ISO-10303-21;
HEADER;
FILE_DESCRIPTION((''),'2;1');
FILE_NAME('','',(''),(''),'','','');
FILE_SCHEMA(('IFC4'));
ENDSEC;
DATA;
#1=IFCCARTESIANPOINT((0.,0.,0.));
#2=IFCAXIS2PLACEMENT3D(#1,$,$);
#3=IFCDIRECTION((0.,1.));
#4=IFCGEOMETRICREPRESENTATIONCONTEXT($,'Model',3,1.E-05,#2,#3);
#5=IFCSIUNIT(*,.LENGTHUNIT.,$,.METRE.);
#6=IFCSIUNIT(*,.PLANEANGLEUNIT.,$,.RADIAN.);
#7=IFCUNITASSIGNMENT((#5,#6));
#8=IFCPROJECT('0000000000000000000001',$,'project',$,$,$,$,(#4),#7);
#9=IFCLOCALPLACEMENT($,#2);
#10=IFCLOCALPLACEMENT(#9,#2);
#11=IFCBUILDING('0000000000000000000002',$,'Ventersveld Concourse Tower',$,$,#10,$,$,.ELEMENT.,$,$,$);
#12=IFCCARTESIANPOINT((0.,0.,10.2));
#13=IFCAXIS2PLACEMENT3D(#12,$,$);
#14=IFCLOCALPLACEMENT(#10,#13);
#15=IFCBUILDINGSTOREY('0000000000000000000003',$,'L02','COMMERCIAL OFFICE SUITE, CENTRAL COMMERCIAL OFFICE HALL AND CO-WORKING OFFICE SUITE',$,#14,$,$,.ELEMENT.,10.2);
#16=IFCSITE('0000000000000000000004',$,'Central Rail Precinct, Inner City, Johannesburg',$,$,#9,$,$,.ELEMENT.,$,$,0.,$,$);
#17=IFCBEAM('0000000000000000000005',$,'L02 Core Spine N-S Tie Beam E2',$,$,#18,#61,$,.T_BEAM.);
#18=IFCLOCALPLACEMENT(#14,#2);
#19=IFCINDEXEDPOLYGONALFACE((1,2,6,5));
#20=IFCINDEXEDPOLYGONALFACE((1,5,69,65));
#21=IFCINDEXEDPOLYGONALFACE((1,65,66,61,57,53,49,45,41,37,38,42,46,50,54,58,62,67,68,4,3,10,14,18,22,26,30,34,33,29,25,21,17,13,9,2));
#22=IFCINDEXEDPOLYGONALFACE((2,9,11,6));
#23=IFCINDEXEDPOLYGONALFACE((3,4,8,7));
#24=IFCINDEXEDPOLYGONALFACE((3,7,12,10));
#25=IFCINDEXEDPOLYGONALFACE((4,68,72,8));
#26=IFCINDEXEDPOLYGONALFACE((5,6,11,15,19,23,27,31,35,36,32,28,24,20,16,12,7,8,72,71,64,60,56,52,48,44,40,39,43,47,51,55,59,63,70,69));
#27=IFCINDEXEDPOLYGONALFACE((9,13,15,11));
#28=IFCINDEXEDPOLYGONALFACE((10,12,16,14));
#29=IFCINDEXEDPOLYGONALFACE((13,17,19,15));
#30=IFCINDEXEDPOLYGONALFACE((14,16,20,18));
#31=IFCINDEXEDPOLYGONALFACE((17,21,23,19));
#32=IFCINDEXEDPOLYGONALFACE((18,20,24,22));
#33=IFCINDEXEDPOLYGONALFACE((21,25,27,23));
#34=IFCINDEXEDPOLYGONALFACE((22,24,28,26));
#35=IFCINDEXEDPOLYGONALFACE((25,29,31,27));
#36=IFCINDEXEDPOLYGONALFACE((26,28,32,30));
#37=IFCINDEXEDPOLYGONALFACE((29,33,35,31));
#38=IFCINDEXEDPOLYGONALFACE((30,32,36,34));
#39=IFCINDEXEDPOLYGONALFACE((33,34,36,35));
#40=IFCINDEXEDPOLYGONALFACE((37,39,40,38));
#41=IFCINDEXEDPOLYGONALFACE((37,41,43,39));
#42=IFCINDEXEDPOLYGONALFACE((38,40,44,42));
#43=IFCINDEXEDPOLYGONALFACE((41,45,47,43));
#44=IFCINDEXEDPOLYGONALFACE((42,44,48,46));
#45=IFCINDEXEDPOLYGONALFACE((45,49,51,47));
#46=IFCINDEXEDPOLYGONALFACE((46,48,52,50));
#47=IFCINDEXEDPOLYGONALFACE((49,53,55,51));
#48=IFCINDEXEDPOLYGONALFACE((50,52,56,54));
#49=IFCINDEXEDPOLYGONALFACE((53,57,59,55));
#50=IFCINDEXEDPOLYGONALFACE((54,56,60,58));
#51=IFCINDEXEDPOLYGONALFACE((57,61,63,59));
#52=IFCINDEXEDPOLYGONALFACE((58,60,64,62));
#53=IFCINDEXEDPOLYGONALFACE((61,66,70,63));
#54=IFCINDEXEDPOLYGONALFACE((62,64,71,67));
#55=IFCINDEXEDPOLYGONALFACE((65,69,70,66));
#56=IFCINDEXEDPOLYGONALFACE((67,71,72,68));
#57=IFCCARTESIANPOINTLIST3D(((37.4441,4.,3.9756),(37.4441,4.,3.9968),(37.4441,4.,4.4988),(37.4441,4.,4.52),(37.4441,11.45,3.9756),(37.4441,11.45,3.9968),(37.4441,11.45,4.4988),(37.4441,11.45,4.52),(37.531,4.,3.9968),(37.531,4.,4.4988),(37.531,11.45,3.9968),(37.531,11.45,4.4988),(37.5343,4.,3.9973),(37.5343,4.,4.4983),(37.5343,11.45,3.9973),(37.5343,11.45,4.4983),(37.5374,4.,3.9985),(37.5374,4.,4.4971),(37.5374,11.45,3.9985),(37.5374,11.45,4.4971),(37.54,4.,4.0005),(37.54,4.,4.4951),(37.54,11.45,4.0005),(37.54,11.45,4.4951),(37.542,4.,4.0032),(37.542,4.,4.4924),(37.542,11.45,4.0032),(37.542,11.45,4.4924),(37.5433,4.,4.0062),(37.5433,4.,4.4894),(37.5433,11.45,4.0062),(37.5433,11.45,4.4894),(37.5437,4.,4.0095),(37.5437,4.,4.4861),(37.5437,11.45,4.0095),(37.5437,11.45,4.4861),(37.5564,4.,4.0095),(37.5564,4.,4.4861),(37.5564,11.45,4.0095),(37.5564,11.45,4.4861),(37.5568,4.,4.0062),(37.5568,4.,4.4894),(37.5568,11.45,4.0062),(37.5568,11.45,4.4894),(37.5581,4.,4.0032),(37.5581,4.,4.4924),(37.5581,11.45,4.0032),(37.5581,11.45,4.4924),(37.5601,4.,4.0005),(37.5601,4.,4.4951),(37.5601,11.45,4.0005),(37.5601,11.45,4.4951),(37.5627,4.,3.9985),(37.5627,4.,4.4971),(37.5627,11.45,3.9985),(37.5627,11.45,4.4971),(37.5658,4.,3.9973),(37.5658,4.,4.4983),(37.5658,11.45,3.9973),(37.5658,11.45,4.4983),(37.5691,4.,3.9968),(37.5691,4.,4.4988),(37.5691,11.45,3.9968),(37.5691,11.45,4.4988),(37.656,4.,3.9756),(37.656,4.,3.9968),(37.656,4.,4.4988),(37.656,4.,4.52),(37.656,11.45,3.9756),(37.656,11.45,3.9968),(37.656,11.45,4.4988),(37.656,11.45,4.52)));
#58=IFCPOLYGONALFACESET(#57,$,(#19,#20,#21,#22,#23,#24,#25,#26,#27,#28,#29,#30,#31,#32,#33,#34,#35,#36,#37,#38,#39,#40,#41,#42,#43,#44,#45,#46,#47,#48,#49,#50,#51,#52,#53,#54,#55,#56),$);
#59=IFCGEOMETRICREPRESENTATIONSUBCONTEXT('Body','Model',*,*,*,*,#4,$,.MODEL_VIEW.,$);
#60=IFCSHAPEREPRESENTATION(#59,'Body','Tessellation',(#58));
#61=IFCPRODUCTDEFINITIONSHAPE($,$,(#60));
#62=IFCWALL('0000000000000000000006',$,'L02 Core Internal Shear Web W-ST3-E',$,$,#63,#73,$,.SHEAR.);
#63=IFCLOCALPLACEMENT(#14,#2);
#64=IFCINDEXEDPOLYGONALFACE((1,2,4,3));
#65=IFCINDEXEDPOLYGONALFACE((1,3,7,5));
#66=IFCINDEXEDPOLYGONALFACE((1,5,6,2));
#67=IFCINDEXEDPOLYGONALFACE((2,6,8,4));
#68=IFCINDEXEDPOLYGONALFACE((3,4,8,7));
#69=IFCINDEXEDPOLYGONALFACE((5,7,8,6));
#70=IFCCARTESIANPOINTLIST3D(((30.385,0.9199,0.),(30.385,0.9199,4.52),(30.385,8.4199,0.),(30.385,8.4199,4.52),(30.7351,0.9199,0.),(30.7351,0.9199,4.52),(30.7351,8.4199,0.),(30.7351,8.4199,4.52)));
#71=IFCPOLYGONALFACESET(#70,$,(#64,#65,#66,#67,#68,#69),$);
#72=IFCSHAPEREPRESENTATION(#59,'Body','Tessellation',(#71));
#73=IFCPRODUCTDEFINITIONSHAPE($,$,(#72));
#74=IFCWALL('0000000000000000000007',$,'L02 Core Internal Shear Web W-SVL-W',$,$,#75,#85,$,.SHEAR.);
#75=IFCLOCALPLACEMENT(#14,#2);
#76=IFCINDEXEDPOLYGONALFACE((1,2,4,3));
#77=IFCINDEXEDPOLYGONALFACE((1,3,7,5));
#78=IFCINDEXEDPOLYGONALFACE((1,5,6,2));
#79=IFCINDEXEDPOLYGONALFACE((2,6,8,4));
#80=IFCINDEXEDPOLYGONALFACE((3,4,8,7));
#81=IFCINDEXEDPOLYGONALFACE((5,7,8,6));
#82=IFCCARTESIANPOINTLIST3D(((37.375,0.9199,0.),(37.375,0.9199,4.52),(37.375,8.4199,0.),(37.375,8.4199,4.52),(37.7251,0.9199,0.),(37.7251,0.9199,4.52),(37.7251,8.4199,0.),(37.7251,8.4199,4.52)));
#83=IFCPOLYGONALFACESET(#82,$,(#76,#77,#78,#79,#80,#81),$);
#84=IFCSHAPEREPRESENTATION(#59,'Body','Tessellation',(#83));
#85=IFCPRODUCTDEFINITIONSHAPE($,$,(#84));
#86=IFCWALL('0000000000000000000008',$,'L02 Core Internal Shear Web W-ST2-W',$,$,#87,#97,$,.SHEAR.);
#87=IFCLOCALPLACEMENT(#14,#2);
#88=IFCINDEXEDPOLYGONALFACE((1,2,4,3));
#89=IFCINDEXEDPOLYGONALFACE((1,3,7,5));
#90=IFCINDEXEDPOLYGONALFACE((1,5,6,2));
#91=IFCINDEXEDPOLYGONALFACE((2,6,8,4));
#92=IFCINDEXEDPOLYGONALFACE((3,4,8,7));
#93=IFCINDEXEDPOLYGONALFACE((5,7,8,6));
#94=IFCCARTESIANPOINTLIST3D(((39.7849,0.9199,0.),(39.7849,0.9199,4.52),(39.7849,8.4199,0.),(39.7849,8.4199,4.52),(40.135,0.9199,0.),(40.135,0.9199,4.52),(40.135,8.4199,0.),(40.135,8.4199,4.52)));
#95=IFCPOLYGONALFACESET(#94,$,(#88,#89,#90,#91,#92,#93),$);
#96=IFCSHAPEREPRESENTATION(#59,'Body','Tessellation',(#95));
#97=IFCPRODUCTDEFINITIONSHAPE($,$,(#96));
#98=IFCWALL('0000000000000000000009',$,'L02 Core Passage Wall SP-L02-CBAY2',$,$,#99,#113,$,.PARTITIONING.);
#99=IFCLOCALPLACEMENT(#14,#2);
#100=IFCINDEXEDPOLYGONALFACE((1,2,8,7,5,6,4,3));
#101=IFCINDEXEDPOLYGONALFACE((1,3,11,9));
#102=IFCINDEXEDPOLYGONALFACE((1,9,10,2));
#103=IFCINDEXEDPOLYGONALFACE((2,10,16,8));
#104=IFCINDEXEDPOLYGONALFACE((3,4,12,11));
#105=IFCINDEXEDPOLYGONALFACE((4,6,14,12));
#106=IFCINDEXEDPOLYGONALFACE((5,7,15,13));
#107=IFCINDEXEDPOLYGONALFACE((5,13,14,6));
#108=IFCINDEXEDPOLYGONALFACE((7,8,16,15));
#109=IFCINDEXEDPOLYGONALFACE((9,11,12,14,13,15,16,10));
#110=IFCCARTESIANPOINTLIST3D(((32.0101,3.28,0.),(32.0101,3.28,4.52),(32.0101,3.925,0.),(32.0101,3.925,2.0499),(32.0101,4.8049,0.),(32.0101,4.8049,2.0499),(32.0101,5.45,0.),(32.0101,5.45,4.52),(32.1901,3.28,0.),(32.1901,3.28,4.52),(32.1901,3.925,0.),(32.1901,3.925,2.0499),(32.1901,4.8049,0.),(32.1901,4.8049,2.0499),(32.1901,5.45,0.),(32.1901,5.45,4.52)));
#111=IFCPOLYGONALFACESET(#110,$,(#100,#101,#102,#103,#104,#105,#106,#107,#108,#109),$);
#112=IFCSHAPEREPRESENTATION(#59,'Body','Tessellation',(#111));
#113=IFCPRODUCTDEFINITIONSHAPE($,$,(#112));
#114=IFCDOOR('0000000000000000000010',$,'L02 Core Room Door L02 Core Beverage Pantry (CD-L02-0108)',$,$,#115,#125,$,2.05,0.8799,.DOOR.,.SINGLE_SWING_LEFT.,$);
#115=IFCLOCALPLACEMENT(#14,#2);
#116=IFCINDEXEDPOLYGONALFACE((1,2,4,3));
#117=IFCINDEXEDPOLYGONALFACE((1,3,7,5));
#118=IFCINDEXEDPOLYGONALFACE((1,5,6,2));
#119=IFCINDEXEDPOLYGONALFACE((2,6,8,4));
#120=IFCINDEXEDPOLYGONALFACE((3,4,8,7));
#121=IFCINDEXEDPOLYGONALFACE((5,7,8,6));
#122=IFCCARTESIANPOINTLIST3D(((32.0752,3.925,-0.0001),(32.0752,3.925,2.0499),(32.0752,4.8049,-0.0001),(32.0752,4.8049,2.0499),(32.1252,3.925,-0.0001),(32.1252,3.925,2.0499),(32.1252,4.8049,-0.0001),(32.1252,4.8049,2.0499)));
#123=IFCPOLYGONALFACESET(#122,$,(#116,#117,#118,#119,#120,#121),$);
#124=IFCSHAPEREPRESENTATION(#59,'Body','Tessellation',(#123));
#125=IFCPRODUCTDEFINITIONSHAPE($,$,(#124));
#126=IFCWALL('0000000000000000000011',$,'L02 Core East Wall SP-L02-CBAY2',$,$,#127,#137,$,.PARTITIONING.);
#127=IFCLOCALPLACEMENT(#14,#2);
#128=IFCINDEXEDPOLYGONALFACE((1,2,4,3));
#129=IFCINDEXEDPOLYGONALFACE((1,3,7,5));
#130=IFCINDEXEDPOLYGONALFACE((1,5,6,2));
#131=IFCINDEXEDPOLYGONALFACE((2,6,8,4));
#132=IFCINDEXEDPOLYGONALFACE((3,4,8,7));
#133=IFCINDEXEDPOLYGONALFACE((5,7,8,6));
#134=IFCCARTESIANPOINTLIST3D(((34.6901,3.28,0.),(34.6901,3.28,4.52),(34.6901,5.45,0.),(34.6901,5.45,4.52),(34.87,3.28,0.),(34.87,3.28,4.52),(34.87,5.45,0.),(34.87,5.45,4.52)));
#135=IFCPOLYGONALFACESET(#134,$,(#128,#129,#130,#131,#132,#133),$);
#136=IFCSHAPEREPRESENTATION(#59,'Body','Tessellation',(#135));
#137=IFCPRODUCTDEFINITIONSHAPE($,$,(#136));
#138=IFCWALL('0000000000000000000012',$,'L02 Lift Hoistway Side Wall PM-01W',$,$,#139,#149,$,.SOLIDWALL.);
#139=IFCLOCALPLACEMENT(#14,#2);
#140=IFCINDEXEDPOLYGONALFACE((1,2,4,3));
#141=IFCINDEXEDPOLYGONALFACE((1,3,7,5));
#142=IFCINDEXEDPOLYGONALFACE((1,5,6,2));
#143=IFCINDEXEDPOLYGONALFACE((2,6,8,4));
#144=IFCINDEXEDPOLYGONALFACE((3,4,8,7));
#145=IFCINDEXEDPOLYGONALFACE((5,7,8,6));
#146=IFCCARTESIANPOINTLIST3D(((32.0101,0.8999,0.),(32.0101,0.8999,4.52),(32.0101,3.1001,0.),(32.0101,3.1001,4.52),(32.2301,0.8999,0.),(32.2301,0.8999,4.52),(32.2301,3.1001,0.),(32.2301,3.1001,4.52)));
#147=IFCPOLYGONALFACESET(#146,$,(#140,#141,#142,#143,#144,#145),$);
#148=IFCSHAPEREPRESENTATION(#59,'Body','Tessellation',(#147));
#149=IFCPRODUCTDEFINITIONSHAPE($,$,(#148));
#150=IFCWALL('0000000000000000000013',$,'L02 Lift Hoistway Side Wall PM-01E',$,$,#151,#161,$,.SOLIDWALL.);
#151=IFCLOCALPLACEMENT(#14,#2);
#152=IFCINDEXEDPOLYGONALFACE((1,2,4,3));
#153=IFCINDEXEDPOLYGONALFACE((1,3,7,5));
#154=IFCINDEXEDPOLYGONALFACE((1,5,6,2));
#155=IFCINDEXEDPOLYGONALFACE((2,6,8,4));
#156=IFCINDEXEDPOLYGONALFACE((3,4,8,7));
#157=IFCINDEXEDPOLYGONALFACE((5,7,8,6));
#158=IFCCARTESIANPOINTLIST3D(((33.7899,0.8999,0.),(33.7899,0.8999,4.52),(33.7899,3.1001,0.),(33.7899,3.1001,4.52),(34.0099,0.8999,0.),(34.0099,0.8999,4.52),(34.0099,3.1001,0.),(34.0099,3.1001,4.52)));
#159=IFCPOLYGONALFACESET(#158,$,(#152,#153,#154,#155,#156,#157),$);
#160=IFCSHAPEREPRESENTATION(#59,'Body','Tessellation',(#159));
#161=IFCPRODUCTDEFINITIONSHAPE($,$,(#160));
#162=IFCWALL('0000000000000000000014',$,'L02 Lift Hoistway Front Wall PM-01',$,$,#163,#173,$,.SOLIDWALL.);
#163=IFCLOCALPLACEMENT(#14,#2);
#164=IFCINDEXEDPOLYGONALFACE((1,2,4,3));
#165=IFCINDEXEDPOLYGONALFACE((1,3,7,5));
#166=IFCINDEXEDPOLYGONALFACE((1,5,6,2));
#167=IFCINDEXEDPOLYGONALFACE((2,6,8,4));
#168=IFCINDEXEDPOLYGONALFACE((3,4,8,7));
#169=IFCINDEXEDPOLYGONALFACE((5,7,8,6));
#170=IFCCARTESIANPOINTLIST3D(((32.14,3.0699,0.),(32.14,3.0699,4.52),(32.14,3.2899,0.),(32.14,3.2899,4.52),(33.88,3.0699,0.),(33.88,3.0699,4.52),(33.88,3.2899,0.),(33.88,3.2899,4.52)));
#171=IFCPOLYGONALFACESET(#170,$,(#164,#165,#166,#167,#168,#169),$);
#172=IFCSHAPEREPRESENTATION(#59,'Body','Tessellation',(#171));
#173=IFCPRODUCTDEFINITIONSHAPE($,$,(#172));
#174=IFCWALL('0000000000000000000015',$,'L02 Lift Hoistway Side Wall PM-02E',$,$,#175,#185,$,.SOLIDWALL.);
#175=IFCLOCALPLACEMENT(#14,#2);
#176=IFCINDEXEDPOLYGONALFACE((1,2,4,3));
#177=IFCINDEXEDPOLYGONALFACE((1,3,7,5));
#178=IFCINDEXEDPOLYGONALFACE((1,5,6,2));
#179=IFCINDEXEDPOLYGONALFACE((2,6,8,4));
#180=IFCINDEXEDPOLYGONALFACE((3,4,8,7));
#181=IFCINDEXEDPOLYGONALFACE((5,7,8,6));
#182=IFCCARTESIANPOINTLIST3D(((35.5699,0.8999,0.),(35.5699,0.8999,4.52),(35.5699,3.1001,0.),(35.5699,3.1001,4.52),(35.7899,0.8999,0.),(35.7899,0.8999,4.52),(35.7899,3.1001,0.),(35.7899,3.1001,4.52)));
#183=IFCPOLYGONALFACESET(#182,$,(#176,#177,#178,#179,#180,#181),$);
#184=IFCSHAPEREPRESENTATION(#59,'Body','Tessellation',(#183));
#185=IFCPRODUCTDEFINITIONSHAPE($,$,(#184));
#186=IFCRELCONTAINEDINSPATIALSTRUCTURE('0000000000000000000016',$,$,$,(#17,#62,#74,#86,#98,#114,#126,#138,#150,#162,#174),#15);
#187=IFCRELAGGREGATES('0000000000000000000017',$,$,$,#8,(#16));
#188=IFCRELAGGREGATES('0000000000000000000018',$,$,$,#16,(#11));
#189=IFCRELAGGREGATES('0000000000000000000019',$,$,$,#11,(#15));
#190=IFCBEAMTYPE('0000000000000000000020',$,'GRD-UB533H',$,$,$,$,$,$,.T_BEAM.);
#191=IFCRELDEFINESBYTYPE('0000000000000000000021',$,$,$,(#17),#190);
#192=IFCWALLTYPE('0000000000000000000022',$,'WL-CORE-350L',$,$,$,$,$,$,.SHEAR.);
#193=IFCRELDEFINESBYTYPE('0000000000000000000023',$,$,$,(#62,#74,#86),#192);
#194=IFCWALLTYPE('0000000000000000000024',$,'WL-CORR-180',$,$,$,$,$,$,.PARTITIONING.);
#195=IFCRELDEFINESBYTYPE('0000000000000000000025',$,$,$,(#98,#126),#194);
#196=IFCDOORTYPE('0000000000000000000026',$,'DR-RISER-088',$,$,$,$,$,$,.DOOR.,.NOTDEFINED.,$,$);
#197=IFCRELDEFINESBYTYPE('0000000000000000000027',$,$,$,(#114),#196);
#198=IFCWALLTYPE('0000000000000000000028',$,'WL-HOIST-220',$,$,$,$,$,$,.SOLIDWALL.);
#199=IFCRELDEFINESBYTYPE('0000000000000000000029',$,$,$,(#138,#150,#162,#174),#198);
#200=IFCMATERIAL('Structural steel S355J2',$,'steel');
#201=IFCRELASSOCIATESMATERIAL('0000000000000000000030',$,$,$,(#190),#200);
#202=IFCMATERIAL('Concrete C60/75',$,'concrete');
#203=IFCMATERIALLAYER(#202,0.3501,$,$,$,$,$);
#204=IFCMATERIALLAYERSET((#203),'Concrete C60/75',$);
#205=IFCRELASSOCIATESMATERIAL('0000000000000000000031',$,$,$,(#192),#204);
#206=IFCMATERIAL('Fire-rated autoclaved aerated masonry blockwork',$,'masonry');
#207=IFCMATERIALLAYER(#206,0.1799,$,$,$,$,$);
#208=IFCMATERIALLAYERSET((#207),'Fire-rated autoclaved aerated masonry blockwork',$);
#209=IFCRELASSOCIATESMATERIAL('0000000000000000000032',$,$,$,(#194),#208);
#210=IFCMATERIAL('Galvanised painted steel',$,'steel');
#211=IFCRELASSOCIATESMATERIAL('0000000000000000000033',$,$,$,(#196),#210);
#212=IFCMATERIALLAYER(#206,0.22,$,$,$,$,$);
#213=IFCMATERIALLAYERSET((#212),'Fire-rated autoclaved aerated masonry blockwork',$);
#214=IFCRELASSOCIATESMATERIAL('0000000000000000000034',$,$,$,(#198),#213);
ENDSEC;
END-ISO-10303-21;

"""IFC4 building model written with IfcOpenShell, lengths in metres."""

from ifc_helpers import new_model, si_unit, direction, frame, frame_2d, origin, origin_2d, place, context, subcontext, project, spatial, rectangle, i_section, extrude, material, layer, layer_set, material_profile, profile_set, type_object, element, fill, save


model = new_model("IFC4")

# Units and contexts
model_context = context("Model", 3, precision=1e-05, world=origin(), true_north=direction((0.0, 1.0)))
body_context = subcontext(model_context, "Body", "Model", "MODEL_VIEW")
ifc_project = project(units=[si_unit("LENGTHUNIT", "METRE"), si_unit("PLANEANGLEUNIT", "RADIAN")], contexts=[model_context])

# Site, building, storey
site_placement = place(None, origin())
site = spatial("IfcSite", under=ifc_project, at=site_placement, Name="Central Rail Precinct, Inner City, Johannesburg", CompositionType="ELEMENT", RefElevation=0.0)
building_placement = place(site_placement, origin())
building = spatial("IfcBuilding", under=site, at=building_placement, Name="Ventersveld Concourse Tower", CompositionType="ELEMENT")
storey_placement = place(building_placement, frame((0.0, 0.0, 10.2)))
storey = spatial("IfcBuildingStorey", under=building, at=storey_placement, Name="L02", Description="COMMERCIAL OFFICE SUITE, CENTRAL COMMERCIAL OFFICE HALL AND CO-WORKING OFFICE SUITE", CompositionType="ELEMENT", Elevation=10.2)

# Beam
ifc_material_1 = material(Name="Structural steel S355J2", Category="steel")
ifc_material_profile_1 = material_profile(ifc_material_1, i_section(OverallWidth=0.2119, OverallDepth=0.5444, WebThickness=0.0127, FlangeThickness=0.0212, FilletRadius=0.0127, at=origin_2d()), Name="UB 533x210x122")
ifc_profile_set_1 = profile_set([ifc_material_profile_1], Name="Structural steel S355J2")
beam_type_1 = type_object("IfcBeamType", Name="GRD-UB533H", PredefinedType="T_BEAM", material=ifc_profile_set_1)
beam_1_placement = place(storey_placement, frame((37.55, 4.0, 4.2478), z_axis=(0.0, 1.0, 0.0), x_axis=(-1.0, 0.0, 0.0)))
element("IfcBeam", 1, at=beam_1_placement, inside=storey, type_object=beam_type_1, Name="L02 Core Spine N-S Tie Beam E2", PredefinedType="T_BEAM", context=body_context, shape_type="SweptSolid", body=[
    extrude(i_section(OverallWidth=0.2119, OverallDepth=0.5444, WebThickness=0.0127, FlangeThickness=0.0212, FilletRadius=0.0127, at=origin_2d()), origin(), (0.0, 0.0, 1.0), 7.45),
])

# Walls
ifc_material_2 = material(Name="Concrete C60/75", Category="concrete")
ifc_layer_1 = layer(ifc_material_2, 0.3501)
ifc_layer_set_1 = layer_set([ifc_layer_1], Name="Concrete C60/75")
wall_type_1 = type_object("IfcWallType", Name="WL-CORE-350L", PredefinedType="SHEAR", material=ifc_layer_set_1)
for number, where, z_axis, x_axis, name in (
    (2, (30.5601, 0.9199, 0.0), (0.0, 0.0, 1.0), (0.0, 1.0, 0.0), "L02 Core Internal Shear Web W-ST3-E"),
    (3, (37.55, 0.9199, 0.0), (0.0, 0.0, 1.0), (0.0, 1.0, 0.0), "L02 Core Internal Shear Web W-SVL-W"),
    (4, (39.96, 0.9199, 0.0), (0.0, 0.0, 1.0), (0.0, 1.0, 0.0), "L02 Core Internal Shear Web W-ST2-W"),
):
    element("IfcWall", number, at=place(storey_placement, frame(where, z_axis=z_axis, x_axis=x_axis)), inside=storey, type_object=wall_type_1, Name=name, PredefinedType="SHEAR", context=body_context, shape_type="SweptSolid", body=[
        extrude(rectangle(XDim=7.5, YDim=0.3501, at=frame_2d((3.75, 0.0))), origin(), (0.0, 0.0, 1.0), 4.52),
    ])

# Wall, opening, door
ifc_material_3 = material(Name="Fire-rated autoclaved aerated masonry blockwork", Category="masonry")
ifc_layer_2 = layer(ifc_material_3, 0.1799)
ifc_layer_set_2 = layer_set([ifc_layer_2], Name="Fire-rated autoclaved aerated masonry blockwork")
wall_type_2 = type_object("IfcWallType", Name="WL-CORR-180", PredefinedType="PARTITIONING", material=ifc_layer_set_2)
wall_1_placement = place(storey_placement, frame((32.1001, 3.28, 0.0), z_axis=(0.0, 0.0, 1.0), x_axis=(0.0, 1.0, 0.0)))
wall_1 = element("IfcWall", 5, at=wall_1_placement, inside=storey, type_object=wall_type_2, Name="L02 Core Passage Wall SP-L02-CBAY2", PredefinedType="PARTITIONING", context=body_context, shape_type="SweptSolid", body=[
    extrude(rectangle(XDim=2.1699, YDim=0.1799, at=frame_2d((1.085, 0.0))), origin(), (0.0, 0.0, 1.0), 4.52),
])
opening_placement = place(wall_1_placement, frame((0.645, 0.0, 0.0)))
opening = element("IfcOpeningElement", 6, at=opening_placement, cuts=wall_1, PredefinedType="OPENING", context=body_context, shape_type="SweptSolid", body=[
    extrude(rectangle(XDim=0.8799, YDim=2.05, at=frame_2d((0.4399, 1.0249))), frame((0.0, 0.1001, 0.0), z_axis=(0.0, -1.0, 0.0), x_axis=(1.0, 0.0, 0.0)), (0.0, 0.0, 1.0), 0.2),
])
ifc_material_4 = material(Name="Galvanised painted steel", Category="steel")
door_type = type_object("IfcDoorType", Name="DR-RISER-088", OperationType="NOTDEFINED", PredefinedType="DOOR", material=ifc_material_4)
door_placement = place(opening_placement, origin())
door = element("IfcDoor", 7, at=door_placement, inside=storey, type_object=door_type, Name="L02 Core Room Door L02 Core Beverage Pantry (CD-L02-0108)", OperationType="SINGLE_SWING_LEFT", OverallHeight=2.05, OverallWidth=0.8799, PredefinedType="DOOR", context=body_context, shape_type="SweptSolid", body=[
    extrude(rectangle(XDim=0.8799, YDim=2.05, at=frame_2d((0.4399, 1.0249))), frame((0.0, 0.0249, 0.0), z_axis=(0.0, -1.0, 0.0), x_axis=(1.0, 0.0, 0.0)), (0.0, 0.0, 1.0), 0.05),
])
fill(opening, door)

# Walls
wall_2_placement = place(storey_placement, frame((34.78, 3.28, 0.0), z_axis=(0.0, 0.0, 1.0), x_axis=(0.0, 1.0, 0.0)))
element("IfcWall", 8, at=wall_2_placement, inside=storey, type_object=wall_type_2, Name="L02 Core East Wall SP-L02-CBAY2", PredefinedType="PARTITIONING", context=body_context, shape_type="SweptSolid", body=[
    extrude(rectangle(XDim=2.1699, YDim=0.1799, at=frame_2d((1.085, 0.0))), origin(), (0.0, 0.0, 1.0), 4.52),
])
ifc_layer_3 = layer(ifc_material_3, 0.22)
ifc_layer_set_3 = layer_set([ifc_layer_3], Name="Fire-rated autoclaved aerated masonry blockwork")
wall_type_3 = type_object("IfcWallType", Name="WL-HOIST-220", PredefinedType="SOLIDWALL", material=ifc_layer_set_3)
for number, where, z_axis, x_axis, name in (
    (9, (32.1201, 0.8999, 0.0), (0.0, 0.0, 1.0), (0.0, 1.0, 0.0), "L02 Lift Hoistway Side Wall PM-01W"),
    (10, (33.8999, 0.8999, 0.0), (0.0, 0.0, 1.0), (0.0, 1.0, 0.0), "L02 Lift Hoistway Side Wall PM-01E"),
):
    element("IfcWall", number, at=place(storey_placement, frame(where, z_axis=z_axis, x_axis=x_axis)), inside=storey, type_object=wall_type_3, Name=name, PredefinedType="SOLIDWALL", context=body_context, shape_type="SweptSolid", body=[
        extrude(rectangle(XDim=2.2002, YDim=0.22, at=frame_2d((1.1001, 0.0))), origin(), (0.0, 0.0, 1.0), 4.52),
    ])
wall_3_placement = place(storey_placement, frame((32.1399, 3.1799, 0.0), z_axis=(0.0, 0.0, 1.0), x_axis=(1.0, 0.0, 0.0)))
element("IfcWall", 11, at=wall_3_placement, inside=storey, type_object=wall_type_3, Name="L02 Lift Hoistway Front Wall PM-01", PredefinedType="SOLIDWALL", context=body_context, shape_type="SweptSolid", body=[
    extrude(rectangle(XDim=1.74, YDim=0.22, at=frame_2d((0.8701, 0.0))), origin(), (0.0, 0.0, 1.0), 4.52),
])
wall_4_placement = place(storey_placement, frame((35.6799, 0.8999, 0.0), z_axis=(0.0, 0.0, 1.0), x_axis=(0.0, 1.0, 0.0)))
element("IfcWall", 12, at=wall_4_placement, inside=storey, type_object=wall_type_3, Name="L02 Lift Hoistway Side Wall PM-02E", PredefinedType="SOLIDWALL", context=body_context, shape_type="SweptSolid", body=[
    extrude(rectangle(XDim=2.2002, YDim=0.22, at=frame_2d((1.1001, 0.0))), origin(), (0.0, 0.0, 1.0), 4.52),
])

save(model, "model.ifc")
